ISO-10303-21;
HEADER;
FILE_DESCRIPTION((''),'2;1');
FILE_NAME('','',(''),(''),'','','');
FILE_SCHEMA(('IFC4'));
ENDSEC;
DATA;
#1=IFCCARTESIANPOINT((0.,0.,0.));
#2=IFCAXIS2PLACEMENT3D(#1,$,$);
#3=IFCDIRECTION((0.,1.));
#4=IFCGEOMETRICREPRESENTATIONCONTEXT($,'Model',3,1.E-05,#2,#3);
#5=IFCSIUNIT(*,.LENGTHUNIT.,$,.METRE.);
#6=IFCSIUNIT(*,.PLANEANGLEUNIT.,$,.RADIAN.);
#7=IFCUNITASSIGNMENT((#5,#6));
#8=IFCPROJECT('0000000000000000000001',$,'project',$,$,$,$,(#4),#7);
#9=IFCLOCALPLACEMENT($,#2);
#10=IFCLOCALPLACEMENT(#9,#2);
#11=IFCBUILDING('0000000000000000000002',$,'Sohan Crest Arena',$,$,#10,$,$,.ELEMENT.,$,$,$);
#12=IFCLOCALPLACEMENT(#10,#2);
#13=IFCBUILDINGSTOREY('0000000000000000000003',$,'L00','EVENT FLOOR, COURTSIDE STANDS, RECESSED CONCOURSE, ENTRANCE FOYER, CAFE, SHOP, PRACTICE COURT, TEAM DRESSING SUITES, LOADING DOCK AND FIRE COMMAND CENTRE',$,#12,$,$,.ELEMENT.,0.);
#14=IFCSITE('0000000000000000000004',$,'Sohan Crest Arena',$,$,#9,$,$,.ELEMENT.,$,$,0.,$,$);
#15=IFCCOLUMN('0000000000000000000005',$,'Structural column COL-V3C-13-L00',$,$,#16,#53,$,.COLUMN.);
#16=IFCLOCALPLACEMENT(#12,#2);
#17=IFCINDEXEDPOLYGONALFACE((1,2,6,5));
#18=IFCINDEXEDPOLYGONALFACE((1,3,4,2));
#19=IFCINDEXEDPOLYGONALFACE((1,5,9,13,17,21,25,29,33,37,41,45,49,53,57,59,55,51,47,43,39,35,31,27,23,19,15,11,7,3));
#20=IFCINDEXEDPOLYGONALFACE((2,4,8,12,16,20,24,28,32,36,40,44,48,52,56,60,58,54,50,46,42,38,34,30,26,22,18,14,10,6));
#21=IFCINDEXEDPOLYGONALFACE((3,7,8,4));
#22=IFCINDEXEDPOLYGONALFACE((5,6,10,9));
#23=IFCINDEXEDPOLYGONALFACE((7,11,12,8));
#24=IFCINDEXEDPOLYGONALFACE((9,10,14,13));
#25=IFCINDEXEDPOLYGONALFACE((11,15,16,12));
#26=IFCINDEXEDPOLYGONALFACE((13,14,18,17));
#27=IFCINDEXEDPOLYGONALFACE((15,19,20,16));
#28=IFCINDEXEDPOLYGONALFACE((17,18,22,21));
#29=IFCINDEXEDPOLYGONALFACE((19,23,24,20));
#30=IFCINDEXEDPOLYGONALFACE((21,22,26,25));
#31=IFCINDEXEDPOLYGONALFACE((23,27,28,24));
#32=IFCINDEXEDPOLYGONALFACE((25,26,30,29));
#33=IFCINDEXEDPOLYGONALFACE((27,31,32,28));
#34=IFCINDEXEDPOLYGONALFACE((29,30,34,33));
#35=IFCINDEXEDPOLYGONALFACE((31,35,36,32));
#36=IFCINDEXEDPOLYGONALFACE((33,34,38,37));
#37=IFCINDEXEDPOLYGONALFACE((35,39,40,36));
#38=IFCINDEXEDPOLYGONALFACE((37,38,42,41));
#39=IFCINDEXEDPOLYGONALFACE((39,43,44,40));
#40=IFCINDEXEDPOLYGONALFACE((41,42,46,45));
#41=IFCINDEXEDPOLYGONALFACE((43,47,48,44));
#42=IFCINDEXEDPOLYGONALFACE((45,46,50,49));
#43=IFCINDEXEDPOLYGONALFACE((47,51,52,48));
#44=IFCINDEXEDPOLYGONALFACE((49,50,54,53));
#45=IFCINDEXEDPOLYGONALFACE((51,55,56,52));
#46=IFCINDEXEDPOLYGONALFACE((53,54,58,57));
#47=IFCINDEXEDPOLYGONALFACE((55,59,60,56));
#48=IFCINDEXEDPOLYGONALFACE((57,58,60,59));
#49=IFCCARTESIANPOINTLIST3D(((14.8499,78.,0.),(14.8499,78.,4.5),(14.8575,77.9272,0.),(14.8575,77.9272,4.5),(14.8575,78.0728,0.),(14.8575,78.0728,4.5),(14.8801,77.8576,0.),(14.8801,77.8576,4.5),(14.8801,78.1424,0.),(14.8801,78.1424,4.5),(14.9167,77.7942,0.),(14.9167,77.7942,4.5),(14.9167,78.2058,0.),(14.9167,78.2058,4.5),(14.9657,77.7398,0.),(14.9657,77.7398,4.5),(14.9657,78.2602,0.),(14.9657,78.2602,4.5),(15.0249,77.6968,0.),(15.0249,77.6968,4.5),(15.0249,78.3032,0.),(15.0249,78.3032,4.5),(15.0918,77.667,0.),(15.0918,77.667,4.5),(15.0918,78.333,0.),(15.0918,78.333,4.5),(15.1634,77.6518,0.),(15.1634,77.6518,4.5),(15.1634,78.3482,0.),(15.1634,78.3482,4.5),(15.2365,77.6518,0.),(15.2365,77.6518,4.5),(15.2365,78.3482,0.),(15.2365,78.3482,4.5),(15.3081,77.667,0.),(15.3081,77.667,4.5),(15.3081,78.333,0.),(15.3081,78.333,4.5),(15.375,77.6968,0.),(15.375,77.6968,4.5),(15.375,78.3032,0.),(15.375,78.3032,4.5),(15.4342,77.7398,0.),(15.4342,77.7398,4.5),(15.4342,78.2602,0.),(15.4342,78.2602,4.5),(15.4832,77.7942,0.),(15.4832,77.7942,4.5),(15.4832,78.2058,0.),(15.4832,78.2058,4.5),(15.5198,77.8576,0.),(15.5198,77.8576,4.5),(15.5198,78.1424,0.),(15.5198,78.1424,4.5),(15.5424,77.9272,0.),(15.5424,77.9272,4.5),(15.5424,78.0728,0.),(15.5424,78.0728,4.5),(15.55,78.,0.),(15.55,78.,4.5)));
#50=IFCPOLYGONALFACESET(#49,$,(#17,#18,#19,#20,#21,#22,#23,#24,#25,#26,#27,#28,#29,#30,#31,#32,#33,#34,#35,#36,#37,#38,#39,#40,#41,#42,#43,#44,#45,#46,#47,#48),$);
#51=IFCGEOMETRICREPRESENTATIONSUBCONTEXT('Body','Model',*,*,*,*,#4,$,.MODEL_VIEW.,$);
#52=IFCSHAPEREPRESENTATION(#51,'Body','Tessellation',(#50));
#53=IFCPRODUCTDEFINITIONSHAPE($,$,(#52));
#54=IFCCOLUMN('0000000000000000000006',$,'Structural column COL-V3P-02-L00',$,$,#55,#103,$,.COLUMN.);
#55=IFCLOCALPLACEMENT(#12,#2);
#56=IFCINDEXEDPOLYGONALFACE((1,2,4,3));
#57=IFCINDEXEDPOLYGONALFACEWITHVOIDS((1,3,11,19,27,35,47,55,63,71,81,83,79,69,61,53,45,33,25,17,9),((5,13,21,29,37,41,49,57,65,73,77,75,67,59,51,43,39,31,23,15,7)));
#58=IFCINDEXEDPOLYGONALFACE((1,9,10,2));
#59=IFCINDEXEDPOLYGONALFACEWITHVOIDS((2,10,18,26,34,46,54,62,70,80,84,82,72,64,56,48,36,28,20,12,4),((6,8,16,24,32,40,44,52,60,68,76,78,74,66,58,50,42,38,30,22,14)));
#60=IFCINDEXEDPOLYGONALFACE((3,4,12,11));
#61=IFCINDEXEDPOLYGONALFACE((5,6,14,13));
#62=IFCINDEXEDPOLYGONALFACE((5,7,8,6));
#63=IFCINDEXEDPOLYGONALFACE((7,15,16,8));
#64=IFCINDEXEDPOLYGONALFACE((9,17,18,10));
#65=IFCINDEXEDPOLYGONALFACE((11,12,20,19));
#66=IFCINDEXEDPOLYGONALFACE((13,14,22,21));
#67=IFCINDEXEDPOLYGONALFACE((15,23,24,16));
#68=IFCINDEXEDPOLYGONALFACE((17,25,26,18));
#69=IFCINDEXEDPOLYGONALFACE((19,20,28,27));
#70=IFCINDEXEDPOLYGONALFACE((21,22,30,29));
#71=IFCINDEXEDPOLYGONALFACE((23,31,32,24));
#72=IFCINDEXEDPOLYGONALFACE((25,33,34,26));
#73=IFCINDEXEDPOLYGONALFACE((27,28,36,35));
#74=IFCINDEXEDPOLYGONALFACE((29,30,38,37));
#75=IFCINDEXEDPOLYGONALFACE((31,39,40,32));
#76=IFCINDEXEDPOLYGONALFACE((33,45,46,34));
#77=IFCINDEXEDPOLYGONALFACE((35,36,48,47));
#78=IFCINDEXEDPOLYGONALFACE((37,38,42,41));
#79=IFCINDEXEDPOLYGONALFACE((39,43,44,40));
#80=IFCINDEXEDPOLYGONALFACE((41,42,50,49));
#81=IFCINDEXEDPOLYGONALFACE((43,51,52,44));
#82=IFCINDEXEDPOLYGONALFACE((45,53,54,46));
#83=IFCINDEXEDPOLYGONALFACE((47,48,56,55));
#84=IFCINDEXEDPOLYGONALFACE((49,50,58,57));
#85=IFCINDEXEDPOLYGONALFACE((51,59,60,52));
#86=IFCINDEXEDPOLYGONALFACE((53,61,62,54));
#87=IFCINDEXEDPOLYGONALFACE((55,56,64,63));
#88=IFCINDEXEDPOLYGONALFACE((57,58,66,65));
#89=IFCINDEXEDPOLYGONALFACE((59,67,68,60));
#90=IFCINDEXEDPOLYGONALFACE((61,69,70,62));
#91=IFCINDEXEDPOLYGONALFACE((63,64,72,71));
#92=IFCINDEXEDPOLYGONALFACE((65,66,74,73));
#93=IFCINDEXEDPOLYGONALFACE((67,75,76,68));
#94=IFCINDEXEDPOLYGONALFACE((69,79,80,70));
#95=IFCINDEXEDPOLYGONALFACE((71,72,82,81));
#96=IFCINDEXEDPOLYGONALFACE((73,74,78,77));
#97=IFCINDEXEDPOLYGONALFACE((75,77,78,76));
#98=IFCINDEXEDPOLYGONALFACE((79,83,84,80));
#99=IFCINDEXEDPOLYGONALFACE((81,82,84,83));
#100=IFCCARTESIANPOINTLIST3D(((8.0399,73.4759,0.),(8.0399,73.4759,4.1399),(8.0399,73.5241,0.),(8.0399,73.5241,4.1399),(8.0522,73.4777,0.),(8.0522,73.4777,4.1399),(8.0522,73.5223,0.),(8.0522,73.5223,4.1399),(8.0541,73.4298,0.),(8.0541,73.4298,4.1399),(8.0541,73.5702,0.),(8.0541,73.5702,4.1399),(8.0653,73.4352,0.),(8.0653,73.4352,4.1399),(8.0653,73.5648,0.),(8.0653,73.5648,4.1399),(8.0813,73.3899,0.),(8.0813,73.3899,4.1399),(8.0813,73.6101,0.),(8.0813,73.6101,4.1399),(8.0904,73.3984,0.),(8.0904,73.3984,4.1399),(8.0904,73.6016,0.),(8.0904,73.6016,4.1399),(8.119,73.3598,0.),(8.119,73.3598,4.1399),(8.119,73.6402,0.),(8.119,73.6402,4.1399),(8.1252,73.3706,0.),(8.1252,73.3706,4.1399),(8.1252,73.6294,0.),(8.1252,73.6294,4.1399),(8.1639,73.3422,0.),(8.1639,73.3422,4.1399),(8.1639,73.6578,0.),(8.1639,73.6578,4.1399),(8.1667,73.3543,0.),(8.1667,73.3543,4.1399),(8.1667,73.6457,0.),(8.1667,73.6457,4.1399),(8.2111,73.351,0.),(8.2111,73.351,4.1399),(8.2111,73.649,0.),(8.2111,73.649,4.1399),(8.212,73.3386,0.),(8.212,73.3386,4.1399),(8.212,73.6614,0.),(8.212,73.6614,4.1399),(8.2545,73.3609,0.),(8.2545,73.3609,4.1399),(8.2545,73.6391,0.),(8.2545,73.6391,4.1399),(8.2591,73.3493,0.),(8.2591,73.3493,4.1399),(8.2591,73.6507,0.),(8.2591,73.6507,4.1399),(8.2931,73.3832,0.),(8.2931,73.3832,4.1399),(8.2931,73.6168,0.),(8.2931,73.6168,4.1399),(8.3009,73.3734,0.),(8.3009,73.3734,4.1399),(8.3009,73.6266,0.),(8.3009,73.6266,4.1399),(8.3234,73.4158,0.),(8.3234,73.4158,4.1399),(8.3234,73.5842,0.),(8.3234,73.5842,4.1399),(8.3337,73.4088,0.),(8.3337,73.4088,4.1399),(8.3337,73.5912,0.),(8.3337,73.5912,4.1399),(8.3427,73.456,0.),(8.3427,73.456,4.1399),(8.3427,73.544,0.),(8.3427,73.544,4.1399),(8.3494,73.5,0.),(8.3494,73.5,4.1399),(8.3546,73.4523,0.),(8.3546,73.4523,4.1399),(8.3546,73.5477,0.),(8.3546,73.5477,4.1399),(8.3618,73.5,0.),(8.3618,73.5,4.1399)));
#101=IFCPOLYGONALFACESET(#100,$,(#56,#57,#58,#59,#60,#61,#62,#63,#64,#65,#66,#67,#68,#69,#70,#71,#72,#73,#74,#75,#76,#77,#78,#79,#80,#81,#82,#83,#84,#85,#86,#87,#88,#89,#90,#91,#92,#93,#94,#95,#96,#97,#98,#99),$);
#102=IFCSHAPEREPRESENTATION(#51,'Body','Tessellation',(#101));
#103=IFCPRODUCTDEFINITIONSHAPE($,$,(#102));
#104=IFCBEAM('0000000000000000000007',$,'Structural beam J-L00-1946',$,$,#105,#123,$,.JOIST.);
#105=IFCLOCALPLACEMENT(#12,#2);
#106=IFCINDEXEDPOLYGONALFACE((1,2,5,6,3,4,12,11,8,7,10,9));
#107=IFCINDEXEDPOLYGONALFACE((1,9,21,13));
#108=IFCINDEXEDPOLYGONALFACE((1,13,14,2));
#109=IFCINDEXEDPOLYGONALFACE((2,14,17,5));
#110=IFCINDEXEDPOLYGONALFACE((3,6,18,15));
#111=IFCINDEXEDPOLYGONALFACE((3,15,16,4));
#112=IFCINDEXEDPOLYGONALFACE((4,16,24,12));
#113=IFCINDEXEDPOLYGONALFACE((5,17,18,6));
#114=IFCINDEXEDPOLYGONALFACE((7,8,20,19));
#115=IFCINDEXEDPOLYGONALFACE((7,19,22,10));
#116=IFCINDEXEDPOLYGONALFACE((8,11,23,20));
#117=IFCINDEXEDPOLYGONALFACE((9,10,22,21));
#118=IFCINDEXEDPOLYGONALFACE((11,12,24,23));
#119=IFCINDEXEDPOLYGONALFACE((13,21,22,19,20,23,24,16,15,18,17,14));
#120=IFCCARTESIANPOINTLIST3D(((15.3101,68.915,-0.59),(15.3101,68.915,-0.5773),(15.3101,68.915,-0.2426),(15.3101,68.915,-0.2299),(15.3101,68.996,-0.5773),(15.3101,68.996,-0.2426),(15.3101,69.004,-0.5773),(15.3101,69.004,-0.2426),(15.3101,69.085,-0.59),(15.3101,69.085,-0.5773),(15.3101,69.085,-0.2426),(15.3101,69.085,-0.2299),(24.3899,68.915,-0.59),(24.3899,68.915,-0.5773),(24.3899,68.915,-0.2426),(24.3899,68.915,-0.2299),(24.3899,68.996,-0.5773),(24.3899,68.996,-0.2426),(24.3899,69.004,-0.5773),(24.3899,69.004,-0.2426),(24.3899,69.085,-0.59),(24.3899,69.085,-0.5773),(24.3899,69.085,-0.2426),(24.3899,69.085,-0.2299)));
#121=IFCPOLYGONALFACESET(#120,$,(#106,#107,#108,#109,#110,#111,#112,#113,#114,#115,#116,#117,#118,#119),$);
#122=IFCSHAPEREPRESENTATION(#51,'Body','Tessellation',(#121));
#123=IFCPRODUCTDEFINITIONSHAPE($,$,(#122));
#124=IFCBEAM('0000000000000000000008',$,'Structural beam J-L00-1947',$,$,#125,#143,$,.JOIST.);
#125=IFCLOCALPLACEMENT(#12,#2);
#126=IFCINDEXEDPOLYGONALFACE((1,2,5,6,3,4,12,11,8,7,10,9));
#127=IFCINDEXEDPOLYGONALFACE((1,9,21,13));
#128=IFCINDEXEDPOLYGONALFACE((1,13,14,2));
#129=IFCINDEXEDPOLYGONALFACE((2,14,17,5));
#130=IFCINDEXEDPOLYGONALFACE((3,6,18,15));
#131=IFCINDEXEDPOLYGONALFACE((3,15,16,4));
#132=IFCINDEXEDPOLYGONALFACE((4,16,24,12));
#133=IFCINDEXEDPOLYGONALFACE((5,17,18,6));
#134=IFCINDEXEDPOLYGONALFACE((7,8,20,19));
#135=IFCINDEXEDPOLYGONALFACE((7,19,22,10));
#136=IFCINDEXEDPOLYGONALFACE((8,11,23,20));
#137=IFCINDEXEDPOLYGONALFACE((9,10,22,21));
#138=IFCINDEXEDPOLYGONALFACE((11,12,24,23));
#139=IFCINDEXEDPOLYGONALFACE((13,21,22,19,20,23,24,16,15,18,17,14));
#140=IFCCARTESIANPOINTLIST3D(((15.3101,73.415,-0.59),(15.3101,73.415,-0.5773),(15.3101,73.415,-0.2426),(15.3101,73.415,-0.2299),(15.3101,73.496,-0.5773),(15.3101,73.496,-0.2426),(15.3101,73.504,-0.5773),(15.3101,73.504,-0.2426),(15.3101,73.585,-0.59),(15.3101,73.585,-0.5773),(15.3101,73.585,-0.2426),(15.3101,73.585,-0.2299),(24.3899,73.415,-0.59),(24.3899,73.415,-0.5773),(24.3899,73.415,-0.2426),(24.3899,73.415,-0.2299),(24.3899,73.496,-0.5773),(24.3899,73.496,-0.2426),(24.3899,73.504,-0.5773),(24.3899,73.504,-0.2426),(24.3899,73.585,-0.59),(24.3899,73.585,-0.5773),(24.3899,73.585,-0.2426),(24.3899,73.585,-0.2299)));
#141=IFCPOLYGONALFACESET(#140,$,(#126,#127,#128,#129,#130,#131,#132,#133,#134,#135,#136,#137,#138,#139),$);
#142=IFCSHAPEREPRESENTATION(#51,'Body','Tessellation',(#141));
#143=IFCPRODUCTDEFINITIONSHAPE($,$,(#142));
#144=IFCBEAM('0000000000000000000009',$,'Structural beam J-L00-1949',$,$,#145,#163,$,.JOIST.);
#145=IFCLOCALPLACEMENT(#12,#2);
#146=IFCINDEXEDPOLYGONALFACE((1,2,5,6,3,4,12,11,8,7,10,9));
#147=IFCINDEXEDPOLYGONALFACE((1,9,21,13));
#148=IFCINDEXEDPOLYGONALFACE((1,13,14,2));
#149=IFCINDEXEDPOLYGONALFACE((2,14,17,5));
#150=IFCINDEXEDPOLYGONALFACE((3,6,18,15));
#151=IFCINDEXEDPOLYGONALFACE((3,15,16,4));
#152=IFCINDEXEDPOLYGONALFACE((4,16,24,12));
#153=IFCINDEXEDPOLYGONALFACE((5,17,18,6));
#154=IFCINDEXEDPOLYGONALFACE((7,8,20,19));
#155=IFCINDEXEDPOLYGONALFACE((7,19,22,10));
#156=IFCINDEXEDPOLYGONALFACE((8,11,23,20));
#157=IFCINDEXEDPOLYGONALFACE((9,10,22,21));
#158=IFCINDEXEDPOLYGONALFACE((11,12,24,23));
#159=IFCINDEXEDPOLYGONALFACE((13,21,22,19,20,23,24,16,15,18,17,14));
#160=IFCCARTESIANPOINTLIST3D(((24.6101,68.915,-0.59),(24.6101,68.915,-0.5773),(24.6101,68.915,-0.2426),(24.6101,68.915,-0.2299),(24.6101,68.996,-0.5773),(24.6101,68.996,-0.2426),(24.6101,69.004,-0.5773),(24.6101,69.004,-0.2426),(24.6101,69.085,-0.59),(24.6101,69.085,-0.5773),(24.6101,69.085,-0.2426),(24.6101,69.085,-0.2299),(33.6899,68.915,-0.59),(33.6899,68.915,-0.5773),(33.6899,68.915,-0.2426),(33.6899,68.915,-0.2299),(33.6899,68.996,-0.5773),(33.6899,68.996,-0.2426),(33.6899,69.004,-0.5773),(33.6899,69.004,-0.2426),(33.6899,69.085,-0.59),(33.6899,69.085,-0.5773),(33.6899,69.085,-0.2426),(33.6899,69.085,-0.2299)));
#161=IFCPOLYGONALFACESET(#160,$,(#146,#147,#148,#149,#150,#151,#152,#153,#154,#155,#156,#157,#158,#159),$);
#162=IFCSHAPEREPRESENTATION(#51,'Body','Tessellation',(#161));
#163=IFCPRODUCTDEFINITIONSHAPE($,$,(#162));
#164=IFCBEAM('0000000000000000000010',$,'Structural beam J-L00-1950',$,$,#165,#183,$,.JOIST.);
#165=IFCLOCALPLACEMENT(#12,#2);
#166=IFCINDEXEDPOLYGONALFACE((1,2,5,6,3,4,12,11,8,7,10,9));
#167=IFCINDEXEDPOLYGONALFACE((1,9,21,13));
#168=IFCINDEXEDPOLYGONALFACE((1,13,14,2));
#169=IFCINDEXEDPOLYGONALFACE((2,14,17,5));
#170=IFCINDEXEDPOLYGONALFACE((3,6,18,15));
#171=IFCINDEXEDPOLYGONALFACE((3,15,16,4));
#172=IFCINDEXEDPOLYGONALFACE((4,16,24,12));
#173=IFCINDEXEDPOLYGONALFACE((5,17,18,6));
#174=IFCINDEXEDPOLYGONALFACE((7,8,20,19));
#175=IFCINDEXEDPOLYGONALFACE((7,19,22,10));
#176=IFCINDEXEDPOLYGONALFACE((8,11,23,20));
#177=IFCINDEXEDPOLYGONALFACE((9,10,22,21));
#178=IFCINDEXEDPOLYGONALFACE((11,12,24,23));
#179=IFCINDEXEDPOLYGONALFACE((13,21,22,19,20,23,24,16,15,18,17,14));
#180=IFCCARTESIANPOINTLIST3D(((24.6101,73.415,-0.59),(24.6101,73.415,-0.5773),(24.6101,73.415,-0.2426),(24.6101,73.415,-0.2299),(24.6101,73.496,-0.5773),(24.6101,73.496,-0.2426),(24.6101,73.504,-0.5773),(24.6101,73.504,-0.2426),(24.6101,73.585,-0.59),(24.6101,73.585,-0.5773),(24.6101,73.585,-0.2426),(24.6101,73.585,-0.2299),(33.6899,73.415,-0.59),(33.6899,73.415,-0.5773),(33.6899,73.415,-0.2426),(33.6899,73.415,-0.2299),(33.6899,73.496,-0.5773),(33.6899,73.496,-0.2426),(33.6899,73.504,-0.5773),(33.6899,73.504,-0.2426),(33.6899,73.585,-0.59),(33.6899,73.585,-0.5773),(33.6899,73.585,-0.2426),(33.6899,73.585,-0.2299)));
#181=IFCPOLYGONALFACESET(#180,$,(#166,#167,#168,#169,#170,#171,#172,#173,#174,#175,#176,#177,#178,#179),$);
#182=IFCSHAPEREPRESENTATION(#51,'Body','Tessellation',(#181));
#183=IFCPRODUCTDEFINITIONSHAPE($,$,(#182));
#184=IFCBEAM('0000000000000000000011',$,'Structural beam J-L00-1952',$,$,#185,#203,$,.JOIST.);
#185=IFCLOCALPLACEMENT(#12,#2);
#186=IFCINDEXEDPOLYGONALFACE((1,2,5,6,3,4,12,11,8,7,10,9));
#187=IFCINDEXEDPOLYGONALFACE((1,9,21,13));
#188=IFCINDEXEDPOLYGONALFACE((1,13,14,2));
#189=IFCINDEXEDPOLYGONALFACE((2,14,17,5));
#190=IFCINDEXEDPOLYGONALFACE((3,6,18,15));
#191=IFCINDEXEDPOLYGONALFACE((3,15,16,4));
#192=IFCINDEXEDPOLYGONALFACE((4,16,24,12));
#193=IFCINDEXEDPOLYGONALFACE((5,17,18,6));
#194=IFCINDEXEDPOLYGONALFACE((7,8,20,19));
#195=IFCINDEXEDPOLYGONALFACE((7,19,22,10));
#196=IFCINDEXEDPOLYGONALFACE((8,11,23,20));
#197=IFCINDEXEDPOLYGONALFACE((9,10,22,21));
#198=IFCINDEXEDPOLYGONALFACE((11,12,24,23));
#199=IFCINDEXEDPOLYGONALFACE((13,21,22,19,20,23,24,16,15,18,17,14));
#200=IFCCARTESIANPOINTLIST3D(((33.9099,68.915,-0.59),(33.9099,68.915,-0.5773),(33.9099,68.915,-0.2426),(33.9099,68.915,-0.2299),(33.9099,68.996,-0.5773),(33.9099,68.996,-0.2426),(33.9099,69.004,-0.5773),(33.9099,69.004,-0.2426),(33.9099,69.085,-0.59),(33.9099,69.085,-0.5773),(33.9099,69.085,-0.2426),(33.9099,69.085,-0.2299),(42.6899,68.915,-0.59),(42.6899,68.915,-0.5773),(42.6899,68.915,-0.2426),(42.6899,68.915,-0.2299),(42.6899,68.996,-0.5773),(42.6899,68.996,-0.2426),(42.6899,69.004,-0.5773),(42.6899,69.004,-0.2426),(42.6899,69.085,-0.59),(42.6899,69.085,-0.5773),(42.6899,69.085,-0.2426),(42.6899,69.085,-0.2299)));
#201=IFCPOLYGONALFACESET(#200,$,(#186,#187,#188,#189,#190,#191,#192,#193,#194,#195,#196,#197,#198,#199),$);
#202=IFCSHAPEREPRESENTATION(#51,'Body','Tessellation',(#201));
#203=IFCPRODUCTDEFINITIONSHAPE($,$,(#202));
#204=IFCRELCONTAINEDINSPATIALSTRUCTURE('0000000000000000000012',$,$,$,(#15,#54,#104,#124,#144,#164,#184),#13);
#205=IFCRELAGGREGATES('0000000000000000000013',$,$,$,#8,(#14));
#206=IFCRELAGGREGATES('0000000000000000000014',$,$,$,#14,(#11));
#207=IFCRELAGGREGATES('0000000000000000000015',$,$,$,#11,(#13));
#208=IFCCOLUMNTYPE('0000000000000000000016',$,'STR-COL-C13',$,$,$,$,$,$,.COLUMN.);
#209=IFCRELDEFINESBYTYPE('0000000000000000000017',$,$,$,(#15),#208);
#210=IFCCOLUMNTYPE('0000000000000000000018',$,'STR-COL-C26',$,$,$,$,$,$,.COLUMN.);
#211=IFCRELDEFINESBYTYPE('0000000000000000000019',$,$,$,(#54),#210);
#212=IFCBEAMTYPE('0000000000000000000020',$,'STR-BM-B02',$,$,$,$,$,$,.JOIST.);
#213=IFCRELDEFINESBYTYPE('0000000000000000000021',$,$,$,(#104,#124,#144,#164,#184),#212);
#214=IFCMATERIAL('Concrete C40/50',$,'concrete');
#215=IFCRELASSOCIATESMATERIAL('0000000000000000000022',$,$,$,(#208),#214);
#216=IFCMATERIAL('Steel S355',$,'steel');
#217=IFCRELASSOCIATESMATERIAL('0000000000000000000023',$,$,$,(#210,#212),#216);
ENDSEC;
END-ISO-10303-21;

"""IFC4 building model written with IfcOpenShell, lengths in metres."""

from ifc_helpers import new_model, si_unit, direction, frame, origin, origin_2d, place, context, subcontext, project, spatial, circle, hollow_circle, i_section, extrude, material, material_profile, profile_set, type_object, element, save


model = new_model("IFC4")

# Units and contexts
model_context = context("Model", 3, precision=1e-05, world=origin(), true_north=direction((0.0, 1.0)))
body_context = subcontext(model_context, "Body", "Model", "MODEL_VIEW")
ifc_project = project(units=[si_unit("LENGTHUNIT", "METRE"), si_unit("PLANEANGLEUNIT", "RADIAN")], contexts=[model_context])

# Site, building, storey
site_placement = place(None, origin())
site = spatial("IfcSite", under=ifc_project, at=site_placement, Name="Sohan Crest Arena", CompositionType="ELEMENT", RefElevation=0.0)
building_placement = place(site_placement, origin())
building = spatial("IfcBuilding", under=site, at=building_placement, Name="Sohan Crest Arena", CompositionType="ELEMENT")
storey_placement = place(building_placement, origin())
storey = spatial("IfcBuildingStorey", under=building, at=storey_placement, Name="L00", Description="EVENT FLOOR, COURTSIDE STANDS, RECESSED CONCOURSE, ENTRANCE FOYER, CAFE, SHOP, PRACTICE COURT, TEAM DRESSING SUITES, LOADING DOCK AND FIRE COMMAND CENTRE", CompositionType="ELEMENT", Elevation=0.0)

# Columns
ifc_material_1 = material(Name="Concrete C40/50", Category="concrete")
ifc_material_profile_1 = material_profile(ifc_material_1, circle(Radius=0.3501, at=origin_2d()), Name="RC D700")
ifc_profile_set_1 = profile_set([ifc_material_profile_1], Name="Concrete C40/50")
column_type_1 = type_object("IfcColumnType", Name="STR-COL-C13", PredefinedType="COLUMN", material=ifc_profile_set_1)
column_1_placement = place(storey_placement, frame((15.2, 78.0, 0.0), z_axis=(0.0, 0.0, 1.0), x_axis=(1.0, 0.0, 0.0)))
element("IfcColumn", 1, at=column_1_placement, inside=storey, type_object=column_type_1, Name="Structural column COL-V3C-13-L00", PredefinedType="COLUMN", context=body_context, shape_type="SweptSolid", body=[
    extrude(circle(Radius=0.3501, at=origin_2d()), origin(), (0.0, 0.0, 1.0), 4.5),
])
ifc_material_2 = material(Name="Steel S355", Category="steel")
ifc_material_profile_2 = material_profile(ifc_material_2, hollow_circle(Radius=0.1619, WallThickness=0.0125, at=origin_2d()), Name="CHS 323.9x12.5")
ifc_profile_set_2 = profile_set([ifc_material_profile_2], Name="Steel S355")
column_type_2 = type_object("IfcColumnType", Name="STR-COL-C26", PredefinedType="COLUMN", material=ifc_profile_set_2)
column_2_placement = place(storey_placement, frame((8.2, 73.5, 0.0), z_axis=(0.0, 0.0, 1.0), x_axis=(1.0, 0.0, 0.0)))
element("IfcColumn", 2, at=column_2_placement, inside=storey, type_object=column_type_2, Name="Structural column COL-V3P-02-L00", PredefinedType="COLUMN", context=body_context, shape_type="SweptSolid", body=[
    extrude(hollow_circle(Radius=0.1619, WallThickness=0.0125, at=origin_2d()), origin(), (0.0, 0.0, 1.0), 4.1399),
])

# Beams
ifc_material_profile_3 = material_profile(ifc_material_2, i_section(OverallWidth=0.1699, OverallDepth=0.3601, WebThickness=0.0081, FlangeThickness=0.0127, at=origin_2d()), Name="IPE 360")
ifc_profile_set_3 = profile_set([ifc_material_profile_3], Name="Steel S355")
beam_type_1 = type_object("IfcBeamType", Name="STR-BM-B02", PredefinedType="JOIST", material=ifc_profile_set_3)
for number, where, z_axis, x_axis, name in (
    (3, (15.3101, 69.0, -0.4099), (1.0, 0.0, 0.0), (0.0, 1.0, 0.0), "Structural beam J-L00-1946"),
    (4, (15.3101, 73.5, -0.4099), (1.0, 0.0, 0.0), (0.0, 1.0, 0.0), "Structural beam J-L00-1947"),
    (5, (24.6101, 69.0, -0.4099), (1.0, 0.0, 0.0), (0.0, 1.0, 0.0), "Structural beam J-L00-1949"),
    (6, (24.6101, 73.5, -0.4099), (1.0, 0.0, 0.0), (0.0, 1.0, 0.0), "Structural beam J-L00-1950"),
):
    element("IfcBeam", number, at=place(storey_placement, frame(where, z_axis=z_axis, x_axis=x_axis)), inside=storey, type_object=beam_type_1, Name=name, PredefinedType="JOIST", context=body_context, shape_type="SweptSolid", body=[
        extrude(i_section(OverallWidth=0.1699, OverallDepth=0.3601, WebThickness=0.0081, FlangeThickness=0.0127, at=origin_2d()), origin(), (0.0, 0.0, 1.0), 9.0798),
    ])
for number, where, z_axis, x_axis, name in (
    (7, (33.9099, 69.0, -0.4099), (1.0, 0.0, 0.0), (0.0, 1.0, 0.0), "Structural beam J-L00-1952"),
):
    element("IfcBeam", number, at=place(storey_placement, frame(where, z_axis=z_axis, x_axis=x_axis)), inside=storey, type_object=beam_type_1, Name=name, PredefinedType="JOIST", context=body_context, shape_type="SweptSolid", body=[
        extrude(i_section(OverallWidth=0.1699, OverallDepth=0.3601, WebThickness=0.0081, FlangeThickness=0.0127, at=origin_2d()), origin(), (0.0, 0.0, 1.0), 8.78),
    ])

save(model, "model.ifc")
